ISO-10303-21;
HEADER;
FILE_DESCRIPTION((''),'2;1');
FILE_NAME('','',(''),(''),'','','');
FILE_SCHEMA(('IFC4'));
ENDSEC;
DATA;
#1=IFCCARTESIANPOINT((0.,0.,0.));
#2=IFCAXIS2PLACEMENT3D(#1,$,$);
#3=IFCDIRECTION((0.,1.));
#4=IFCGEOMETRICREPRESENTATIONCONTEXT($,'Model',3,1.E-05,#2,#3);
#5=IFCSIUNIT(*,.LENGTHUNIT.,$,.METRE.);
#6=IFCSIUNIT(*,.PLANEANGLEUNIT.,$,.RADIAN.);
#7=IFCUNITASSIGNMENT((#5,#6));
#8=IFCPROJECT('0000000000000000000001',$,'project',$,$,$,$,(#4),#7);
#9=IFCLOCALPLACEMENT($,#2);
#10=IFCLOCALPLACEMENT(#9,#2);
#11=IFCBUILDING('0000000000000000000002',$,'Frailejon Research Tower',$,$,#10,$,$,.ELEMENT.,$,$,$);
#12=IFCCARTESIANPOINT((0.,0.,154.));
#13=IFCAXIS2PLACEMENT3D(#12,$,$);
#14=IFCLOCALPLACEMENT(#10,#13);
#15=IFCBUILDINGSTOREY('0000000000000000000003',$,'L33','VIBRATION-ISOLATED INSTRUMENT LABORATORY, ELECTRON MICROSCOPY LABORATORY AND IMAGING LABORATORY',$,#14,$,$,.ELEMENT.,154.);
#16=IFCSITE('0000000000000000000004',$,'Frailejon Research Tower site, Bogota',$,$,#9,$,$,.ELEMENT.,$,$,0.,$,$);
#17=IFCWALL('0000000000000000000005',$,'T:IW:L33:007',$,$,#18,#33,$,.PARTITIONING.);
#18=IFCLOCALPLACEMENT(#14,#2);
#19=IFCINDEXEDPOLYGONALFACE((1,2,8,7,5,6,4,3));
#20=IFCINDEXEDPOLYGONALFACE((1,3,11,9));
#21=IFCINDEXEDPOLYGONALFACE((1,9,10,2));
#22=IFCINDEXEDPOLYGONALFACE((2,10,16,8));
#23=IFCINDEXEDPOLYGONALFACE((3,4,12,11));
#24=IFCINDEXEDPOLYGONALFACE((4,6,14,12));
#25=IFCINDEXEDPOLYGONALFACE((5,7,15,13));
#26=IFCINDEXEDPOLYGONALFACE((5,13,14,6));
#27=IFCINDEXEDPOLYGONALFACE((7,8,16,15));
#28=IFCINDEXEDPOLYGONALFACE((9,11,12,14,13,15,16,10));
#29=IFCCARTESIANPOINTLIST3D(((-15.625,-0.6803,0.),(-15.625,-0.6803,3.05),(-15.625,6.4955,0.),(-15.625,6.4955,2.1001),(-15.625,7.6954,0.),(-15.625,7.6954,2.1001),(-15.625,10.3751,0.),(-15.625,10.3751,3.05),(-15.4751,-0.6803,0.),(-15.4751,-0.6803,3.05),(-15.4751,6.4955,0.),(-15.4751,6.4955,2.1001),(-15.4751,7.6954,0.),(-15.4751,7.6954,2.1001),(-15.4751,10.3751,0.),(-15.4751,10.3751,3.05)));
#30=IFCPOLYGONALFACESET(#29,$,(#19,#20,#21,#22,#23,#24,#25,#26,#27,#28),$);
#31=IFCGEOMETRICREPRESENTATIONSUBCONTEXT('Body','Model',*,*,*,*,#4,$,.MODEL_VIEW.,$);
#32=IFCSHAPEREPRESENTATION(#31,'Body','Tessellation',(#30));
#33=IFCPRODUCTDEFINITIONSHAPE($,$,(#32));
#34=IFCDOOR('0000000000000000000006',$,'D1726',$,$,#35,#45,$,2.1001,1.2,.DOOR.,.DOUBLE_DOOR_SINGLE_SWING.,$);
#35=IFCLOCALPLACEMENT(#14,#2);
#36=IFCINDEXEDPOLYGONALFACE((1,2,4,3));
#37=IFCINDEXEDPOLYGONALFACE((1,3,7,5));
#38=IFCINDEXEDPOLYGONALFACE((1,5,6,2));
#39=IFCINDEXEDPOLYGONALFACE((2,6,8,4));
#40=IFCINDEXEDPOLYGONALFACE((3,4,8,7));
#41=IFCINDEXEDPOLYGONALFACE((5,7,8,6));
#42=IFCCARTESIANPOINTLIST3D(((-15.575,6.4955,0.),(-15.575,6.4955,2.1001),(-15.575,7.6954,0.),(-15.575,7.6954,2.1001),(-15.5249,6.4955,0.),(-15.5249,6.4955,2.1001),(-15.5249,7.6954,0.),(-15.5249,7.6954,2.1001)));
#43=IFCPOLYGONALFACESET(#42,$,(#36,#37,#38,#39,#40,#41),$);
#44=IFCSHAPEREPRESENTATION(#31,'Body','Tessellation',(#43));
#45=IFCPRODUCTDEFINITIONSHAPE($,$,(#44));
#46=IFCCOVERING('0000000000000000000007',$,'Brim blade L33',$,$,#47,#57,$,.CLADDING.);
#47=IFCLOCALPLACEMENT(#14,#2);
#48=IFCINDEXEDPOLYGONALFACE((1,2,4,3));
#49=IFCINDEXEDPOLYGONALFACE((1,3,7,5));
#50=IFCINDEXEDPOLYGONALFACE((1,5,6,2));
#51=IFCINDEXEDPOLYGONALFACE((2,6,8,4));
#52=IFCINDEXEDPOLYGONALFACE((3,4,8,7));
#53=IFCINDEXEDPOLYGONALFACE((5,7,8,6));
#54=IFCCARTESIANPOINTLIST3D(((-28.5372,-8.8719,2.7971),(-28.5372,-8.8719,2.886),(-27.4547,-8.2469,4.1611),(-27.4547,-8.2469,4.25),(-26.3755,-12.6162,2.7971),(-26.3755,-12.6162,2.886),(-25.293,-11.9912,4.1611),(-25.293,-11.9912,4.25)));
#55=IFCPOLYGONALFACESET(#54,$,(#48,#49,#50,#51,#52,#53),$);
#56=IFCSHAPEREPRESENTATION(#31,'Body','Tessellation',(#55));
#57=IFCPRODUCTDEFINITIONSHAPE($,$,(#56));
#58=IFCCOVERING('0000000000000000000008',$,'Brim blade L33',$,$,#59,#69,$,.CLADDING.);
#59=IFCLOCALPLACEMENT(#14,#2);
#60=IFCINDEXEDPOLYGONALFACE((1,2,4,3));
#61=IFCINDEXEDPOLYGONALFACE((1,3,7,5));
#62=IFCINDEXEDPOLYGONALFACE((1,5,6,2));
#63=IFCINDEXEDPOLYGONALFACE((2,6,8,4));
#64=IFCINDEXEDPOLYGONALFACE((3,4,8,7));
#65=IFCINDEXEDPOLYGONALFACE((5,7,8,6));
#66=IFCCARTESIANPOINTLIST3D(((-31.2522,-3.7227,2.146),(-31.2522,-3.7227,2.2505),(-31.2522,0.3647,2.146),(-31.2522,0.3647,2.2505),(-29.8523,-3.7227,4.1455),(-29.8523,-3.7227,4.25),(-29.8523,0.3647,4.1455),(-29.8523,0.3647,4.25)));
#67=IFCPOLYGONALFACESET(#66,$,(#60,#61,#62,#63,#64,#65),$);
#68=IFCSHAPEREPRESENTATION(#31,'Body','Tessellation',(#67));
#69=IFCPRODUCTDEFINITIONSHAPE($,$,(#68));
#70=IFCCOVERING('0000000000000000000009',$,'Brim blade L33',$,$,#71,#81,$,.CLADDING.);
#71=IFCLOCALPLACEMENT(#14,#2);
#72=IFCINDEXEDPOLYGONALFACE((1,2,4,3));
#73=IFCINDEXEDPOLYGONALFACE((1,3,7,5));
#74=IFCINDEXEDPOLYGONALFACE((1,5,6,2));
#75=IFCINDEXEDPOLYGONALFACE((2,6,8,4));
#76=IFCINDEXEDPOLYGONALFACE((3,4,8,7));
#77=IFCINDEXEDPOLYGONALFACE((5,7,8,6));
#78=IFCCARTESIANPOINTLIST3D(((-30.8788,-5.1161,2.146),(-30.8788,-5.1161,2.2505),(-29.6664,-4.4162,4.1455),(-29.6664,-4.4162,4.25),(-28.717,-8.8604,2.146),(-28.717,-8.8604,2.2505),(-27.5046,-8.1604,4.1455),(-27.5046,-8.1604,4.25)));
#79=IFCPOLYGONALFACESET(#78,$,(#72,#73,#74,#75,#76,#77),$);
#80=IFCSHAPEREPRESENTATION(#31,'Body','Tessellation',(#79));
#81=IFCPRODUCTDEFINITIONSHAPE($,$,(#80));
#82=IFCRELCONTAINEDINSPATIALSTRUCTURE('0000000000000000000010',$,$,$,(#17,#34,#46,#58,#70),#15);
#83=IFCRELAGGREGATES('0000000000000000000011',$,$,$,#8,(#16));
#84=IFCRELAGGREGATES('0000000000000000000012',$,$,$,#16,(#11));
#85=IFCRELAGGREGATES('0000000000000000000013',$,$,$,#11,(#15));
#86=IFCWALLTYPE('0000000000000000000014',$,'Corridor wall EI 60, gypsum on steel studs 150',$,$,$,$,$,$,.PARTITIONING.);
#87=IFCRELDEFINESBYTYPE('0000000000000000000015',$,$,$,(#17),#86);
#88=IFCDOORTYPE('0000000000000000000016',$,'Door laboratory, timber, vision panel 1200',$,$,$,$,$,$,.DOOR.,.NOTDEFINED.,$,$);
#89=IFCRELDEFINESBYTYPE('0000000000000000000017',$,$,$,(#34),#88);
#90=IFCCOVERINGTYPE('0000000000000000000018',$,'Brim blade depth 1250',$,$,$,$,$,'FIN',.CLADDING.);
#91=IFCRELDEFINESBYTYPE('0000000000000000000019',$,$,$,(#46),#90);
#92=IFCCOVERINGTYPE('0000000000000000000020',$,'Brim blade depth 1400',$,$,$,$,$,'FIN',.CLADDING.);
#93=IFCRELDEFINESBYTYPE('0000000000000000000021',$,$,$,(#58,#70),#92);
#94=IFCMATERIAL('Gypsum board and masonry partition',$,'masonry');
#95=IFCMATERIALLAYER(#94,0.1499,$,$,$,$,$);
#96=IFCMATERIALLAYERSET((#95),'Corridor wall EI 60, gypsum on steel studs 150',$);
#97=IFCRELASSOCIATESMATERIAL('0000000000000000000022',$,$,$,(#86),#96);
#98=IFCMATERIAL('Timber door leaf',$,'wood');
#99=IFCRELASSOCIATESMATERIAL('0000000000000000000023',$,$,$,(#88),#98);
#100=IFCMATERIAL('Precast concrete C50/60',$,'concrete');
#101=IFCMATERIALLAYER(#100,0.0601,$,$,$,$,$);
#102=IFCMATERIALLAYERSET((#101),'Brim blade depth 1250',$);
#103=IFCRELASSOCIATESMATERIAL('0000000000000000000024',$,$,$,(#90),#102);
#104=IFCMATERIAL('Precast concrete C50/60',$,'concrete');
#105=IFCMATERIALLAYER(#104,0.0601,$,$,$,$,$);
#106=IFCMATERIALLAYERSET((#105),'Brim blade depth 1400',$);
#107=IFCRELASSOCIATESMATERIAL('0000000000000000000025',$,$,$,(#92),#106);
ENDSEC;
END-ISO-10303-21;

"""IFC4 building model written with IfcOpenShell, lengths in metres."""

from ifc_helpers import new_model, si_unit, direction, frame, frame_2d, origin, place, context, subcontext, project, spatial, polyline, rectangle, outline, extrude, material, layer, layer_set, type_object, element, fill, save


model = new_model("IFC4")

# Units and contexts
model_context = context("Model", 3, precision=1e-05, world=origin(), true_north=direction((0.0, 1.0)))
body_context = subcontext(model_context, "Body", "Model", "MODEL_VIEW")
ifc_project = project(units=[si_unit("LENGTHUNIT", "METRE"), si_unit("PLANEANGLEUNIT", "RADIAN")], contexts=[model_context])

# Site, building, storey
site_placement = place(None, origin())
site = spatial("IfcSite", under=ifc_project, at=site_placement, Name="Frailejon Research Tower site, Bogota", CompositionType="ELEMENT", RefElevation=0.0)
building_placement = place(site_placement, origin())
building = spatial("IfcBuilding", under=site, at=building_placement, Name="Frailejon Research Tower", CompositionType="ELEMENT")
storey_placement = place(building_placement, frame((0.0, 0.0, 154.0)))
storey = spatial("IfcBuildingStorey", under=building, at=storey_placement, Name="L33", Description="VIBRATION-ISOLATED INSTRUMENT LABORATORY, ELECTRON MICROSCOPY LABORATORY AND IMAGING LABORATORY", CompositionType="ELEMENT", Elevation=154.0)

# Shared definitions
ifc_material_1 = material(Name="Gypsum board and masonry partition", Category="masonry")
ifc_layer_1 = layer(ifc_material_1, 0.1499)
ifc_layer_set_1 = layer_set([ifc_layer_1], Name="Corridor wall EI 60, gypsum on steel studs 150")
wall_type_1 = type_object("IfcWallType", Name="Corridor wall EI 60, gypsum on steel studs 150", PredefinedType="PARTITIONING", material=ifc_layer_set_1)

# Wall, opening, door
wall_1_placement = place(storey_placement, frame((-15.55, -0.6804, 0.0), z_axis=(0.0, 0.0, 1.0), x_axis=(0.0, 1.0, 0.0)))
wall_1 = element("IfcWall", 1, at=wall_1_placement, inside=storey, type_object=wall_type_1, Name="T:IW:L33:007", PredefinedType="PARTITIONING", context=body_context, shape_type="SweptSolid", body=[
    extrude(rectangle(XDim=11.0554, YDim=0.1499, at=frame_2d((5.5278, 0.0))), origin(), (0.0, 0.0, 1.0), 3.05),
])
opening_1_placement = place(wall_1_placement, frame((7.1758, 0.0, 0.0)))
opening_1 = element("IfcOpeningElement", 2, at=opening_1_placement, cuts=wall_1, PredefinedType="OPENING", context=body_context, shape_type="SweptSolid", body=[
    extrude(rectangle(XDim=1.2, YDim=2.1001, at=frame_2d((0.6001, 1.05))), frame((0.0, 0.085, 0.0), z_axis=(0.0, -1.0, 0.0), x_axis=(1.0, 0.0, 0.0)), (0.0, 0.0, 1.0), 0.1699),
])
ifc_material_2 = material(Name="Timber door leaf", Category="wood")
door_type_1 = type_object("IfcDoorType", Name="Door laboratory, timber, vision panel 1200", OperationType="NOTDEFINED", PredefinedType="DOOR", material=ifc_material_2)
door_1_placement = place(opening_1_placement, origin())
door_1 = element("IfcDoor", 3, at=door_1_placement, inside=storey, type_object=door_type_1, Name="D1726", OperationType="DOUBLE_DOOR_SINGLE_SWING", OverallHeight=2.1001, OverallWidth=1.2, PredefinedType="DOOR", context=body_context, shape_type="SweptSolid", body=[
    extrude(rectangle(XDim=1.2, YDim=2.1001, at=frame_2d((0.6001, 1.05))), frame((0.0, 0.0249, 0.0), z_axis=(0.0, -1.0, 0.0), x_axis=(1.0, 0.0, 0.0)), (0.0, 0.0, 1.0), 0.05),
])
fill(opening_1, door_1)

# Coverings
ifc_material_3 = material(Name="Precast concrete C50/60", Category="concrete")
ifc_layer_2 = layer(ifc_material_3, 0.0601)
ifc_layer_set_2 = layer_set([ifc_layer_2], Name="Brim blade depth 1250")
covering_type_1 = type_object("IfcCoveringType", Name="Brim blade depth 1250", ElementType="FIN", PredefinedType="CLADDING", material=ifc_layer_set_2)
covering_1_placement = place(storey_placement, frame((-25.293, -11.9912, 4.25), z_axis=(-0.499988, 0.866032, 0.0), x_axis=(-0.866032, -0.499988, 0.0)))
element("IfcCovering", 4, at=covering_1_placement, inside=storey, type_object=covering_type_1, Name="Brim blade L33", PredefinedType="CLADDING", context=body_context, shape_type="SweptSolid", body=[
    extrude(outline(polyline([(0.0, -0.0889), (1.25, -1.4529), (1.25, -1.364), (0.0, 0.0), (0.0, -0.0889)])), origin(), (0.0, 0.0, 1.0), 4.3235),
])
ifc_material_4 = material(Name="Precast concrete C50/60", Category="concrete")
ifc_layer_3 = layer(ifc_material_4, 0.0601)
ifc_layer_set_3 = layer_set([ifc_layer_3], Name="Brim blade depth 1400")
covering_type_2 = type_object("IfcCoveringType", Name="Brim blade depth 1400", ElementType="FIN", PredefinedType="CLADDING", material=ifc_layer_set_3)
covering_2_placement = place(storey_placement, frame((-29.8523, -3.7227, 4.25), z_axis=(0.0, 1.0, 0.0), x_axis=(-1.0, 0.0, 0.0)))
element("IfcCovering", 5, at=covering_2_placement, inside=storey, type_object=covering_type_2, Name="Brim blade L33", PredefinedType="CLADDING", context=body_context, shape_type="SweptSolid", body=[
    extrude(outline(polyline([(0.0, -0.1045), (1.3999, -2.104), (1.3999, -1.9995), (0.0, 0.0), (0.0, -0.1045)])), origin(), (0.0, 0.0, 1.0), 4.0874),
])
covering_3_placement = place(storey_placement, frame((-27.5046, -8.1604, 4.25), z_axis=(-0.500005, 0.866023, 0.0), x_axis=(-0.866023, -0.500005, 0.0)))
element("IfcCovering", 6, at=covering_3_placement, inside=storey, type_object=covering_type_2, Name="Brim blade L33", PredefinedType="CLADDING", context=body_context, shape_type="SweptSolid", body=[
    extrude(outline(polyline([(0.0, -0.1045), (1.3999, -2.104), (1.3999, -1.9995), (0.0, 0.0), (0.0, -0.1045)])), origin(), (0.0, 0.0, 1.0), 4.3235),
])

save(model, "model.ifc")
